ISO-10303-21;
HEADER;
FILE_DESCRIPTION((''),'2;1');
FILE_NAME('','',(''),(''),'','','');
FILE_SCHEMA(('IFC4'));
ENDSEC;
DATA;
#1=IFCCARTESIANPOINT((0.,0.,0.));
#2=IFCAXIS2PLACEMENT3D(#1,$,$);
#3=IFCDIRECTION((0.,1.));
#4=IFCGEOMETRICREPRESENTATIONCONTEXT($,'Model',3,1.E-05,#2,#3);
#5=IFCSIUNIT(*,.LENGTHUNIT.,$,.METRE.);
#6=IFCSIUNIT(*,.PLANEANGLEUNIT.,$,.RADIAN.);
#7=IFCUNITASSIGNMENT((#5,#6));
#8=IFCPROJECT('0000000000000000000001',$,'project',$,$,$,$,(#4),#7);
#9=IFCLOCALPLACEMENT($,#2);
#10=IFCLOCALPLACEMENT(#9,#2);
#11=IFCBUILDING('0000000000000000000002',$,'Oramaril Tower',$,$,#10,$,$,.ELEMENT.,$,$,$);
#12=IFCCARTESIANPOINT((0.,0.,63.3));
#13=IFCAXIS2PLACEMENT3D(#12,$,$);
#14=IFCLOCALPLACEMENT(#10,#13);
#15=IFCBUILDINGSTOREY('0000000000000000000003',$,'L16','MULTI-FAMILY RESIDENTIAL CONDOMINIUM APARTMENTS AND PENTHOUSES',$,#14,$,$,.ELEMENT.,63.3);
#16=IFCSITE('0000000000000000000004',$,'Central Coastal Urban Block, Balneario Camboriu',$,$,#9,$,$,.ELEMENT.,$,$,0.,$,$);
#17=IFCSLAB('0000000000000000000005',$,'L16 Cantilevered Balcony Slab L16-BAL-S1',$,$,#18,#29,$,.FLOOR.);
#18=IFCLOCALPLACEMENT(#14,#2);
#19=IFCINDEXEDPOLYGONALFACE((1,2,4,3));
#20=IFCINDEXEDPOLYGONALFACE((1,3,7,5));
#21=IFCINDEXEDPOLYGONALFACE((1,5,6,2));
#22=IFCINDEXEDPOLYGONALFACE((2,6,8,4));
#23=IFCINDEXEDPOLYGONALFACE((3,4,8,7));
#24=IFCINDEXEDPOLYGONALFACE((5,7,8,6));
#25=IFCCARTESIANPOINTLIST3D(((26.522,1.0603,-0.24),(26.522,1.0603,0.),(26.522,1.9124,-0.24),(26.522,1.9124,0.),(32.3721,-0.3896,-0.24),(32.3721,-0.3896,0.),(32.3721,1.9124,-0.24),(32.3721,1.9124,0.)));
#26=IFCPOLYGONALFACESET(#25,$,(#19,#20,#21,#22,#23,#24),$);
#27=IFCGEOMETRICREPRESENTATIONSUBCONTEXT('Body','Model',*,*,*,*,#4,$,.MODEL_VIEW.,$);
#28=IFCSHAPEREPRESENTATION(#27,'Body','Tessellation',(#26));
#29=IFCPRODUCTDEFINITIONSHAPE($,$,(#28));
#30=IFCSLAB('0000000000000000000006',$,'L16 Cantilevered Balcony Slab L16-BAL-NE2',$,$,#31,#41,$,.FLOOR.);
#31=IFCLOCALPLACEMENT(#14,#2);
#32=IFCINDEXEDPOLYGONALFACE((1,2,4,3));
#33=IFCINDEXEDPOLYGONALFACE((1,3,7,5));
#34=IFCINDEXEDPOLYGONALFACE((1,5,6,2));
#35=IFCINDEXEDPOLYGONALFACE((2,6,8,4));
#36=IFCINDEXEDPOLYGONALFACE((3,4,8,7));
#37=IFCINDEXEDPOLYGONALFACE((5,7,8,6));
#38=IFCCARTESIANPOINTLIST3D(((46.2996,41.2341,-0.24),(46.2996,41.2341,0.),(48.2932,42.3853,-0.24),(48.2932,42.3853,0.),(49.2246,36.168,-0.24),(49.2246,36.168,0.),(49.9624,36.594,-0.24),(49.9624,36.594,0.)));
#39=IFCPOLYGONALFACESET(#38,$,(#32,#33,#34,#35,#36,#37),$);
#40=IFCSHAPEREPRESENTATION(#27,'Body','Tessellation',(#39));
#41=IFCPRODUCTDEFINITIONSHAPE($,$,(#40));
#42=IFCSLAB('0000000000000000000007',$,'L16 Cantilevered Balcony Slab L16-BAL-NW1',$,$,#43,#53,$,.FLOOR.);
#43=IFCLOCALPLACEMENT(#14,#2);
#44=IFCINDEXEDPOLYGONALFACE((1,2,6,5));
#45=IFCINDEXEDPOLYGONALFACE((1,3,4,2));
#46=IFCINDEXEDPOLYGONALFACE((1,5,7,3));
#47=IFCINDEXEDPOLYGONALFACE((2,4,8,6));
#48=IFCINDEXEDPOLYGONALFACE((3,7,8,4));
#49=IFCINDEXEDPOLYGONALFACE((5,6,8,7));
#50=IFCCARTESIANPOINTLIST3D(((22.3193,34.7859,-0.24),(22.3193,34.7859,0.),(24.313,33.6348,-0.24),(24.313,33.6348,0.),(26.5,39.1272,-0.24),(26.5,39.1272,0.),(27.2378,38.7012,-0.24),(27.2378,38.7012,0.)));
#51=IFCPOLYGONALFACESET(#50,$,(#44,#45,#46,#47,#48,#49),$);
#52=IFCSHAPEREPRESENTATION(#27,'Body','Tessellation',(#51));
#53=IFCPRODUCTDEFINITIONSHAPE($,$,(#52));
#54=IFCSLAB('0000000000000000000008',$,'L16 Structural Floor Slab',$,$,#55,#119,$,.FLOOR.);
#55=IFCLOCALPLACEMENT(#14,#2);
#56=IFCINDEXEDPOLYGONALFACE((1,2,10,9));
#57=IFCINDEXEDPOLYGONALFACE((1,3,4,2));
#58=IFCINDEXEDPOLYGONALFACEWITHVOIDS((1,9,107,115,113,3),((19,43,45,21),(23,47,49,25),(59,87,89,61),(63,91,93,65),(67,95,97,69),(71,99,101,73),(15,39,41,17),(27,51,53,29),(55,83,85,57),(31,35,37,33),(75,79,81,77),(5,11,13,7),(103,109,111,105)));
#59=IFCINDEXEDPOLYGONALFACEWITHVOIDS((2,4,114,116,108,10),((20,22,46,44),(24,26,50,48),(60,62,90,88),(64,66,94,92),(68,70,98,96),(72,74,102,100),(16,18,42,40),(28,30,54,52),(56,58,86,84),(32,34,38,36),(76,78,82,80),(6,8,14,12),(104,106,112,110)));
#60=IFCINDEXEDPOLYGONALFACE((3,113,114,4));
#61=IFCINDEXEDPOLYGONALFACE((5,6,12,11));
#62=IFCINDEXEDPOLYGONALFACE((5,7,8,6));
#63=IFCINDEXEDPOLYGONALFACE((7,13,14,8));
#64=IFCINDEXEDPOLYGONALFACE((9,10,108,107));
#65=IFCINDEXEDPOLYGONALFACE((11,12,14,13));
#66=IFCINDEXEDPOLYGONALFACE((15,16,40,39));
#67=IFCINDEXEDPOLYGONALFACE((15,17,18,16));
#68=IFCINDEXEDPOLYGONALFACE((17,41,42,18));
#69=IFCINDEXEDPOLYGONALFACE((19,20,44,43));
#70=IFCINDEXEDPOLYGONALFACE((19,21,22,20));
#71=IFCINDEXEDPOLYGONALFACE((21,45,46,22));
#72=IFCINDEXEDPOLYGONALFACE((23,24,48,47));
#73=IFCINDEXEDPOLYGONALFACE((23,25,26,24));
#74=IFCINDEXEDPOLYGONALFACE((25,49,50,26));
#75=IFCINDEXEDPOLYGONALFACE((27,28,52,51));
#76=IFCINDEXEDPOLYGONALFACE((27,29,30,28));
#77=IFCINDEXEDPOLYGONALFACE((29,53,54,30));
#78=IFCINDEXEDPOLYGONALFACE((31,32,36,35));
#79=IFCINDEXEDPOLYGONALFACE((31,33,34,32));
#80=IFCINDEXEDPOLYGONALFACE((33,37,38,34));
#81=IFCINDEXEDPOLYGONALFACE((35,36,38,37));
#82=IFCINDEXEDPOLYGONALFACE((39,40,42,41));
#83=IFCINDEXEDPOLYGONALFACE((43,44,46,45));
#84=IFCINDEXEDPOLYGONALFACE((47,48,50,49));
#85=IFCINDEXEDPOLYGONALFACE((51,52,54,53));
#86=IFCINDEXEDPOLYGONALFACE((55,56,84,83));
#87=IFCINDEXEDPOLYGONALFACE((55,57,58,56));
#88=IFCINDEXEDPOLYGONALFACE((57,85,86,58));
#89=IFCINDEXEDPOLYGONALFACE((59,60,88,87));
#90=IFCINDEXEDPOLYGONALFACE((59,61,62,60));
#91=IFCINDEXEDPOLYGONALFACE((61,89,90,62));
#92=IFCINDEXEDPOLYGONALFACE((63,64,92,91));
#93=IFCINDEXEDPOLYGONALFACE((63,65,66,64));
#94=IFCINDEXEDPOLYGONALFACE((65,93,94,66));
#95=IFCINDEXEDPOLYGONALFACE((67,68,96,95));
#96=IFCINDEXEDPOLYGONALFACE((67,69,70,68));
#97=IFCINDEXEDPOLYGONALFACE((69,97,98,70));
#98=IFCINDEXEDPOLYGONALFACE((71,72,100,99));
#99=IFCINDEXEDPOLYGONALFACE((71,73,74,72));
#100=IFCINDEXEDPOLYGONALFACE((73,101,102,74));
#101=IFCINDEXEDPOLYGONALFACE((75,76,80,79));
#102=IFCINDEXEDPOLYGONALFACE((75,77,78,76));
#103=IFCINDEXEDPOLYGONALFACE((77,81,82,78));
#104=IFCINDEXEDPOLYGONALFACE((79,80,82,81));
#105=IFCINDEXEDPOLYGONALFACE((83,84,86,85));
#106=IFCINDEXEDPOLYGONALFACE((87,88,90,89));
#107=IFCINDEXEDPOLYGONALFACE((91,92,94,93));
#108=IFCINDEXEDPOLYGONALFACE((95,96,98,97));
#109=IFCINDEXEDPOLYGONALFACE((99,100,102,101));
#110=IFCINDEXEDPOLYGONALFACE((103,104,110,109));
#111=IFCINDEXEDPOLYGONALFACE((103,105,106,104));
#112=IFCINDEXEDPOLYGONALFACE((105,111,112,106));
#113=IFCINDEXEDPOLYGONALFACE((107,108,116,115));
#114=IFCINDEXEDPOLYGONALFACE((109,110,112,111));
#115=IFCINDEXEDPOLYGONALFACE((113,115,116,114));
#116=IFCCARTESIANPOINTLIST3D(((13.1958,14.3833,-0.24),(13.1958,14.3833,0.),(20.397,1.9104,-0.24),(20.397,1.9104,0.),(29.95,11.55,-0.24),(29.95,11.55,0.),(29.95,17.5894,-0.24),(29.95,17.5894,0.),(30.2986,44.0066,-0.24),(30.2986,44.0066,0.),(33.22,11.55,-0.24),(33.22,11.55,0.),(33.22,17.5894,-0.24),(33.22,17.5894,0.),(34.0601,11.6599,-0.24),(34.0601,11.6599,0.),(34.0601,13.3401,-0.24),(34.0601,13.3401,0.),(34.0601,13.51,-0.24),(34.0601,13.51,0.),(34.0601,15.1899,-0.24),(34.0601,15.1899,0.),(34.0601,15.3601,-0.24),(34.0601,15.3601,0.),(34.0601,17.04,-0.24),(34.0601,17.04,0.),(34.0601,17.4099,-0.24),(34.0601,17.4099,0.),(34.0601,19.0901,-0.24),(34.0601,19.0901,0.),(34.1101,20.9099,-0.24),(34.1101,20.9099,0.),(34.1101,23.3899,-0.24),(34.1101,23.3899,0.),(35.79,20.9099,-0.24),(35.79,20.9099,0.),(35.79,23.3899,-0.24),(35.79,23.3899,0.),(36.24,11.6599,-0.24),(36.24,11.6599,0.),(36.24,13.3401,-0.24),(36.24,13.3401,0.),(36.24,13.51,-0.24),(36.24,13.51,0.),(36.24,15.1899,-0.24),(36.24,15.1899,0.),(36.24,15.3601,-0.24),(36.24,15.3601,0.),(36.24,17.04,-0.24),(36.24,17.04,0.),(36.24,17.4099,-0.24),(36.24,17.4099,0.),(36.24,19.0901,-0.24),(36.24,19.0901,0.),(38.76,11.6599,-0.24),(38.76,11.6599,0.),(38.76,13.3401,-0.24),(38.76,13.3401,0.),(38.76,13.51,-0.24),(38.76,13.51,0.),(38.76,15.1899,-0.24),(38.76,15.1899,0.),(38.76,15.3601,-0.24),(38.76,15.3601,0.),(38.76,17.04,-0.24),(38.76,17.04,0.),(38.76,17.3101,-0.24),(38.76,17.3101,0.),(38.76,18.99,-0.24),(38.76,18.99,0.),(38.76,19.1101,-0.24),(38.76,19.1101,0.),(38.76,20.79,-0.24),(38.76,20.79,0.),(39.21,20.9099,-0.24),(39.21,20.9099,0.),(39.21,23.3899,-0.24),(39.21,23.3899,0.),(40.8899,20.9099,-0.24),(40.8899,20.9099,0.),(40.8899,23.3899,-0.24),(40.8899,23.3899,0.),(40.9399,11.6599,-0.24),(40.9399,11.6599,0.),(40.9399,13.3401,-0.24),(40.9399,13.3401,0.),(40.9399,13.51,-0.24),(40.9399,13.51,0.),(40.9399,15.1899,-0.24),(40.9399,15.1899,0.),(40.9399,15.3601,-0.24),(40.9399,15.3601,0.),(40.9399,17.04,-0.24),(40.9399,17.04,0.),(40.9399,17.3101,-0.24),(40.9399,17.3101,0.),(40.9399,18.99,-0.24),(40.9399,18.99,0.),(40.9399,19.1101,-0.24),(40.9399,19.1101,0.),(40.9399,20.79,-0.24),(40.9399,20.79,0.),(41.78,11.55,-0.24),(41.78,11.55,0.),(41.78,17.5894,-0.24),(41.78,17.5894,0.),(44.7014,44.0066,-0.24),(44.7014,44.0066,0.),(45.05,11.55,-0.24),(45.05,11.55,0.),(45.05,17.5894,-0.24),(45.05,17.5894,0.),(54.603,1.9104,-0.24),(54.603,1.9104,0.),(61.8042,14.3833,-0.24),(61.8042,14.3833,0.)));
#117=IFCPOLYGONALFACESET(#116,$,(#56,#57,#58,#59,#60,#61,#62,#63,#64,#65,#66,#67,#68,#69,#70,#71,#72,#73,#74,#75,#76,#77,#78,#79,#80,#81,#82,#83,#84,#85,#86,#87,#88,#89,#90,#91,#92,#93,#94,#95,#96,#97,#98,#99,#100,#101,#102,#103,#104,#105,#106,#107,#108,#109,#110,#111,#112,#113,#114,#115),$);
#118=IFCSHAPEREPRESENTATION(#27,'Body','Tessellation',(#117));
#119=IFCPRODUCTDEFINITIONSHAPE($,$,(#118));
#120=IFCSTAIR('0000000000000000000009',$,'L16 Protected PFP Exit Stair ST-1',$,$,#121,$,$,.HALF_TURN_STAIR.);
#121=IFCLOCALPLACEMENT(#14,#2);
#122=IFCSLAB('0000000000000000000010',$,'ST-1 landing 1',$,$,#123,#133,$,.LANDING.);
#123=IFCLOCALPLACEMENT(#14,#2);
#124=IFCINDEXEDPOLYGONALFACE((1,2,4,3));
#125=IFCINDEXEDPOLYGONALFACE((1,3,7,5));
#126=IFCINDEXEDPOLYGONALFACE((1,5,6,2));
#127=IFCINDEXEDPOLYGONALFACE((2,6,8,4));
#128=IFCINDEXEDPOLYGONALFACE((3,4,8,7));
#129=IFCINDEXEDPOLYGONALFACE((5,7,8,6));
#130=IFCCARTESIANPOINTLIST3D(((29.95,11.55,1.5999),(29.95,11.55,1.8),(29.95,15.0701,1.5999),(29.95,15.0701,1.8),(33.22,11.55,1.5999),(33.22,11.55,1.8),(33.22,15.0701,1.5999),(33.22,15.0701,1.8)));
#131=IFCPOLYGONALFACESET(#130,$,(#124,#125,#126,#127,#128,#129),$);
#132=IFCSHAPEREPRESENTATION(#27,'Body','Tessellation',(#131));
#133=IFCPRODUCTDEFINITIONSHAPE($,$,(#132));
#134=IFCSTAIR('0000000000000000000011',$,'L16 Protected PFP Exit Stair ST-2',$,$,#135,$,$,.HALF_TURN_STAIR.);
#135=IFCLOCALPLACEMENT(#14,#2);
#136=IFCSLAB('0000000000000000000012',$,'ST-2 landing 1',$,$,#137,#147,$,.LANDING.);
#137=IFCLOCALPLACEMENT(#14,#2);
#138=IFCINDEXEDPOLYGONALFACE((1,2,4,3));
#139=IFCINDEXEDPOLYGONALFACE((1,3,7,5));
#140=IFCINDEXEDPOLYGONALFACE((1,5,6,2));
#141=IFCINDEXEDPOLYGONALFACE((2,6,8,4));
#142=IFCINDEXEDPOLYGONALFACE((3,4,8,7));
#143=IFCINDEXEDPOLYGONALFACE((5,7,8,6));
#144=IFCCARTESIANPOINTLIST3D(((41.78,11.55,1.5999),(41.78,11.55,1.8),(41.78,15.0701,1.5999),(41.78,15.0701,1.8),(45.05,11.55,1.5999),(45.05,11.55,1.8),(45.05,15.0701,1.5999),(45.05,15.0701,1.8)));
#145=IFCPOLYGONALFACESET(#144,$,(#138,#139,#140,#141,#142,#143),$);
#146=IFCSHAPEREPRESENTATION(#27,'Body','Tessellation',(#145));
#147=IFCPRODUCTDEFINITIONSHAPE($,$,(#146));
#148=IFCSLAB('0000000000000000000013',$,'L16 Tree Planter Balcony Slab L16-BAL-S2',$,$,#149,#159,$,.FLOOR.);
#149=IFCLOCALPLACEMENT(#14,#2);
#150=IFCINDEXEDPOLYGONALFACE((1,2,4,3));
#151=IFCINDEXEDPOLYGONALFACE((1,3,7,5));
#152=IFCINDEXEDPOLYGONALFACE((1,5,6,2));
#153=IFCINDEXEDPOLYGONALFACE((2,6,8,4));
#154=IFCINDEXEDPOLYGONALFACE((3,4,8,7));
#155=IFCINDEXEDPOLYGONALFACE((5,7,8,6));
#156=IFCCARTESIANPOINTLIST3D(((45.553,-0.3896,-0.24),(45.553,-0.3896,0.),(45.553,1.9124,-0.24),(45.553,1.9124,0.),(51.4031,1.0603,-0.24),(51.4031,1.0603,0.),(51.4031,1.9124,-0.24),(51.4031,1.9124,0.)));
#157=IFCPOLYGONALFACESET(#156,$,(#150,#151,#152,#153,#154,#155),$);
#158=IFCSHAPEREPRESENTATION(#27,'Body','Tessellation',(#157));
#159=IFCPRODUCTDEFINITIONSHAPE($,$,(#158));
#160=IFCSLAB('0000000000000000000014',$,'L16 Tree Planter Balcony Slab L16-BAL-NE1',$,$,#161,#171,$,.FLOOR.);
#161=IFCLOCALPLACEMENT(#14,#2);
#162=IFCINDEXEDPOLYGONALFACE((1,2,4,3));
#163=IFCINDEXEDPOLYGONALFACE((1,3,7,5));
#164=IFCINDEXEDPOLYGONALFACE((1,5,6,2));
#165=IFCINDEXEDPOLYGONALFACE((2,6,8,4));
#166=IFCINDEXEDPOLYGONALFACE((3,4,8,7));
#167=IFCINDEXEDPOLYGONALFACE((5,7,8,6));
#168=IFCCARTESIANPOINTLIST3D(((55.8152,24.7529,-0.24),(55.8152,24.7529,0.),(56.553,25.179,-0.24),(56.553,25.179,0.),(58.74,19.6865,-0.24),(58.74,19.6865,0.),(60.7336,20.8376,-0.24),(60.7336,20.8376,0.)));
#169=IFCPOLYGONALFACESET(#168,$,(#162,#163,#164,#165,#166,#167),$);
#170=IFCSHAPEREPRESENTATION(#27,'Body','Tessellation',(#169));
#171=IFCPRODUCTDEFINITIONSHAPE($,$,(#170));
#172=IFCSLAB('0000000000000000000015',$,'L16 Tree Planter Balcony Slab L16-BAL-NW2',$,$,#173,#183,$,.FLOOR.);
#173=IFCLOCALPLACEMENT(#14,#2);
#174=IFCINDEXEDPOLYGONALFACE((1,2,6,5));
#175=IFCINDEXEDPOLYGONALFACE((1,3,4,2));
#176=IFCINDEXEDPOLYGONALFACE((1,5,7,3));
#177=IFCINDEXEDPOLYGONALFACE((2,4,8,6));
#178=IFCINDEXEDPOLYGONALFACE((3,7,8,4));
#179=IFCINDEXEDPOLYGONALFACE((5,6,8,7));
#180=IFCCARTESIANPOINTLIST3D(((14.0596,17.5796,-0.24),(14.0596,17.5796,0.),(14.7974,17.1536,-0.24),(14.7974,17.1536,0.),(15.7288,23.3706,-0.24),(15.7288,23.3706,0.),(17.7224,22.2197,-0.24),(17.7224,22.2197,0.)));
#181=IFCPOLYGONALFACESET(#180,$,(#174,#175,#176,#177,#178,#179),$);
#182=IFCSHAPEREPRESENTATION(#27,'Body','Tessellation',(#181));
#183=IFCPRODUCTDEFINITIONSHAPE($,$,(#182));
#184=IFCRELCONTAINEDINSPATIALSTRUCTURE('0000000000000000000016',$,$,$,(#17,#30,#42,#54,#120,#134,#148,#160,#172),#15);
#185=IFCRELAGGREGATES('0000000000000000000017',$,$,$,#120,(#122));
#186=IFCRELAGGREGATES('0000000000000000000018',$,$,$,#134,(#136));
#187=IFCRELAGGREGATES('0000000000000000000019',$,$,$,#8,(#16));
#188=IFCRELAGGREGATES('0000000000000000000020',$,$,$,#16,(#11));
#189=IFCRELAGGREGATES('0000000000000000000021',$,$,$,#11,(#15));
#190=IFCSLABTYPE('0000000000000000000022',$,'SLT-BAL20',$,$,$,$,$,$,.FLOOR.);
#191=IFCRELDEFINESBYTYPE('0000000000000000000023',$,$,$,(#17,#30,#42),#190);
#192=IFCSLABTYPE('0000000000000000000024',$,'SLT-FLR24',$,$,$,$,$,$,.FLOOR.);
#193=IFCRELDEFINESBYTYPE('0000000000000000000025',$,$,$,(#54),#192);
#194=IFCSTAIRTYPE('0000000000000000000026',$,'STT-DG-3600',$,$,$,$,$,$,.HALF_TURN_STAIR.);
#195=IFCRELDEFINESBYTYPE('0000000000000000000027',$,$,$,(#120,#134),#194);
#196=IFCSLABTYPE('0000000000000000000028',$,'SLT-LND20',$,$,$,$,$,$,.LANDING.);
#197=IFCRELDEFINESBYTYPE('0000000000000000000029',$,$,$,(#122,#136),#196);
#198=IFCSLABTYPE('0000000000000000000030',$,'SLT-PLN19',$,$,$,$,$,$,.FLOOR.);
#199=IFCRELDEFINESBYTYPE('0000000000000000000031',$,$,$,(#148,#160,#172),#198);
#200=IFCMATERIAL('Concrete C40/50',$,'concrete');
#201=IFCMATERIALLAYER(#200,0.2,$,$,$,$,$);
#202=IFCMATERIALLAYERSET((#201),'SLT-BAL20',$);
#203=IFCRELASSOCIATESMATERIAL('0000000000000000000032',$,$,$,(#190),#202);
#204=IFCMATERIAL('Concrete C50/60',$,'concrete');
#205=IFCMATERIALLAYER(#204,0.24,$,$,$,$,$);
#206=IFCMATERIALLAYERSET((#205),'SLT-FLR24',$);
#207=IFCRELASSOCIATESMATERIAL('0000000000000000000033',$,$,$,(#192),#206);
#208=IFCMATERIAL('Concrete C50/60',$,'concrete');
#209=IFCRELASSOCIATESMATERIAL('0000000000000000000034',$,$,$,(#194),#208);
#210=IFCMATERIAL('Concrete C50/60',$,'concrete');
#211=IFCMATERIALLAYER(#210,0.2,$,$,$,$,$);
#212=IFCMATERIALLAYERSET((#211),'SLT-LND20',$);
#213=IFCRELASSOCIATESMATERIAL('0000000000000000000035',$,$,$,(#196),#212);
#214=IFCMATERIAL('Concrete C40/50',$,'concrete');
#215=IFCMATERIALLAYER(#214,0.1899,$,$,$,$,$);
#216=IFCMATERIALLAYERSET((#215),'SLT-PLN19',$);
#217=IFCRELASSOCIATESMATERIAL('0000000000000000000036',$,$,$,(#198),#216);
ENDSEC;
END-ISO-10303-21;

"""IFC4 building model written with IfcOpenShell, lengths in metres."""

from ifc_helpers import new_model, si_unit, direction, frame, origin, place, context, subcontext, project, spatial, polyline, outline, extrude, material, layer, layer_set, type_object, element, aggregate, save


model = new_model("IFC4")

# Units and contexts
model_context = context("Model", 3, precision=1e-05, world=origin(), true_north=direction((0.0, 1.0)))
body_context = subcontext(model_context, "Body", "Model", "MODEL_VIEW")
ifc_project = project(units=[si_unit("LENGTHUNIT", "METRE"), si_unit("PLANEANGLEUNIT", "RADIAN")], contexts=[model_context])

# Site, building, storey
site_placement = place(None, origin())
site = spatial("IfcSite", under=ifc_project, at=site_placement, Name="Central Coastal Urban Block, Balneario Camboriu", CompositionType="ELEMENT", RefElevation=0.0)
building_placement = place(site_placement, origin())
building = spatial("IfcBuilding", under=site, at=building_placement, Name="Oramaril Tower", CompositionType="ELEMENT")
storey_placement = place(building_placement, frame((0.0, 0.0, 63.3)))
storey = spatial("IfcBuildingStorey", under=building, at=storey_placement, Name="L16", Description="MULTI-FAMILY RESIDENTIAL CONDOMINIUM APARTMENTS AND PENTHOUSES", CompositionType="ELEMENT", Elevation=63.3)

# Slabs
ifc_material_1 = material(Name="Concrete C40/50", Category="concrete")
ifc_layer_1 = layer(ifc_material_1, 0.2)
ifc_layer_set_1 = layer_set([ifc_layer_1], Name="SLT-BAL20")
slab_type_1 = type_object("IfcSlabType", Name="SLT-BAL20", PredefinedType="FLOOR", material=ifc_layer_set_1)
slab_1_placement = place(storey_placement, frame((0.0, 0.0, -0.24)))
element("IfcSlab", 1, at=slab_1_placement, inside=storey, type_object=slab_type_1, Name="L16 Cantilevered Balcony Slab L16-BAL-S1", PredefinedType="FLOOR", context=body_context, shape_type="SweptSolid", body=[
    extrude(outline(polyline([(26.522, 1.9124), (32.3721, 1.9124), (32.3721, -0.3896), (26.522, 1.0603), (26.522, 1.9124)])), origin(), (0.0, 0.0, 1.0), 0.24),
])
slab_2_placement = place(storey_placement, frame((0.0, 0.0, -0.24)))
element("IfcSlab", 2, at=slab_2_placement, inside=storey, type_object=slab_type_1, Name="L16 Cantilevered Balcony Slab L16-BAL-NE2", PredefinedType="FLOOR", context=body_context, shape_type="SweptSolid", body=[
    extrude(outline(polyline([(49.2246, 36.168), (46.2996, 41.2341), (48.2932, 42.3853), (49.9624, 36.594), (49.2246, 36.168)])), origin(), (0.0, 0.0, 1.0), 0.24),
])
slab_3_placement = place(storey_placement, frame((0.0, 0.0, -0.24)))
element("IfcSlab", 3, at=slab_3_placement, inside=storey, type_object=slab_type_1, Name="L16 Cantilevered Balcony Slab L16-BAL-NW1", PredefinedType="FLOOR", context=body_context, shape_type="SweptSolid", body=[
    extrude(outline(polyline([(27.2378, 38.7012), (24.313, 33.6348), (22.3193, 34.7859), (26.5, 39.1272), (27.2378, 38.7012)])), origin(), (0.0, 0.0, 1.0), 0.24),
])
ifc_material_2 = material(Name="Concrete C50/60", Category="concrete")
ifc_layer_2 = layer(ifc_material_2, 0.24)
ifc_layer_set_2 = layer_set([ifc_layer_2], Name="SLT-FLR24")
slab_type_2 = type_object("IfcSlabType", Name="SLT-FLR24", PredefinedType="FLOOR", material=ifc_layer_set_2)
slab_4_placement = place(storey_placement, frame((0.0, 0.0, -0.24)))
element("IfcSlab", 4, at=slab_4_placement, inside=storey, type_object=slab_type_2, Name="L16 Structural Floor Slab", PredefinedType="FLOOR", context=body_context, shape_type="SweptSolid", body=[
    extrude(outline(polyline([(13.1958, 14.3833), (20.397, 1.9104), (54.603, 1.9104), (61.8042, 14.3833), (44.7014, 44.0066), (30.2986, 44.0066), (13.1958, 14.3833)]), holes=[polyline([(29.95, 17.5894), (29.95, 11.55), (33.22, 11.55), (33.22, 17.5894), (29.95, 17.5894)]), polyline([(41.78, 17.5894), (41.78, 11.55), (45.05, 11.55), (45.05, 17.5894), (41.78, 17.5894)]), polyline([(34.1101, 20.9099), (35.79, 20.9099), (35.79, 23.3899), (34.1101, 23.3899), (34.1101, 20.9099)]), polyline([(39.21, 20.9099), (40.8899, 20.9099), (40.8899, 23.3899), (39.21, 23.3899), (39.21, 20.9099)]), polyline([(34.0601, 11.6599), (36.24, 11.6599), (36.24, 13.3401), (34.0601, 13.3401), (34.0601, 11.6599)]), polyline([(34.0601, 13.51), (36.24, 13.51), (36.24, 15.1899), (34.0601, 15.1899), (34.0601, 13.51)]), polyline([(34.0601, 15.3601), (36.24, 15.3601), (36.24, 17.04), (34.0601, 17.04), (34.0601, 15.3601)]), polyline([(38.76, 11.6599), (40.9399, 11.6599), (40.9399, 13.3401), (38.76, 13.3401), (38.76, 11.6599)]), polyline([(38.76, 13.51), (40.9399, 13.51), (40.9399, 15.1899), (38.76, 15.1899), (38.76, 13.51)]), polyline([(38.76, 15.3601), (40.9399, 15.3601), (40.9399, 17.04), (38.76, 17.04), (38.76, 15.3601)]), polyline([(34.0601, 17.4099), (36.24, 17.4099), (36.24, 19.0901), (34.0601, 19.0901), (34.0601, 17.4099)]), polyline([(38.76, 17.3101), (40.9399, 17.3101), (40.9399, 18.99), (38.76, 18.99), (38.76, 17.3101)]), polyline([(38.76, 19.1101), (40.9399, 19.1101), (40.9399, 20.79), (38.76, 20.79), (38.76, 19.1101)])]), origin(), (0.0, 0.0, 1.0), 0.24),
])

# Stairs, slabs
ifc_material_3 = material(Name="Concrete C50/60", Category="concrete")
stair_type = type_object("IfcStairType", Name="STT-DG-3600", PredefinedType="HALF_TURN_STAIR", material=ifc_material_3)
stair_1_placement = place(storey_placement, origin())
stair_1 = element("IfcStair", 5, at=stair_1_placement, inside=storey, type_object=stair_type, Name="L16 Protected PFP Exit Stair ST-1", PredefinedType="HALF_TURN_STAIR")
ifc_material_4 = material(Name="Concrete C50/60", Category="concrete")
ifc_layer_3 = layer(ifc_material_4, 0.2)
ifc_layer_set_3 = layer_set([ifc_layer_3], Name="SLT-LND20")
slab_type_3 = type_object("IfcSlabType", Name="SLT-LND20", PredefinedType="LANDING", material=ifc_layer_set_3)
slab_5_placement = place(storey_placement, frame((0.0, 0.0, 1.5999)))
slab_5 = element("IfcSlab", 6, at=slab_5_placement, type_object=slab_type_3, Name="ST-1 landing 1", PredefinedType="LANDING", context=body_context, shape_type="SweptSolid", body=[
    extrude(outline(polyline([(29.95, 15.0701), (29.95, 11.55), (33.22, 11.55), (33.22, 15.0701), (29.95, 15.0701)])), origin(), (0.0, 0.0, 1.0), 0.2002),
])
aggregate(stair_1, [slab_5])
stair_2_placement = place(storey_placement, origin())
stair_2 = element("IfcStair", 7, at=stair_2_placement, inside=storey, type_object=stair_type, Name="L16 Protected PFP Exit Stair ST-2", PredefinedType="HALF_TURN_STAIR")
slab_6_placement = place(storey_placement, frame((0.0, 0.0, 1.5999)))
slab_6 = element("IfcSlab", 8, at=slab_6_placement, type_object=slab_type_3, Name="ST-2 landing 1", PredefinedType="LANDING", context=body_context, shape_type="SweptSolid", body=[
    extrude(outline(polyline([(41.78, 15.0701), (41.78, 11.55), (45.05, 11.55), (45.05, 15.0701), (41.78, 15.0701)])), origin(), (0.0, 0.0, 1.0), 0.2002),
])
aggregate(stair_2, [slab_6])

# Slabs
ifc_material_5 = material(Name="Concrete C40/50", Category="concrete")
ifc_layer_4 = layer(ifc_material_5, 0.1899)
ifc_layer_set_4 = layer_set([ifc_layer_4], Name="SLT-PLN19")
slab_type_4 = type_object("IfcSlabType", Name="SLT-PLN19", PredefinedType="FLOOR", material=ifc_layer_set_4)
slab_7_placement = place(storey_placement, frame((0.0, 0.0, -0.24)))
element("IfcSlab", 9, at=slab_7_placement, inside=storey, type_object=slab_type_4, Name="L16 Tree Planter Balcony Slab L16-BAL-S2", PredefinedType="FLOOR", context=body_context, shape_type="SweptSolid", body=[
    extrude(outline(polyline([(45.553, 1.9124), (51.4031, 1.9124), (51.4031, 1.0603), (45.553, -0.3896), (45.553, 1.9124)])), origin(), (0.0, 0.0, 1.0), 0.24),
])
slab_8_placement = place(storey_placement, frame((0.0, 0.0, -0.24)))
element("IfcSlab", 10, at=slab_8_placement, inside=storey, type_object=slab_type_4, Name="L16 Tree Planter Balcony Slab L16-BAL-NE1", PredefinedType="FLOOR", context=body_context, shape_type="SweptSolid", body=[
    extrude(outline(polyline([(58.74, 19.6865), (55.8152, 24.7529), (56.553, 25.179), (60.7336, 20.8376), (58.74, 19.6865)])), origin(), (0.0, 0.0, 1.0), 0.24),
])
slab_9_placement = place(storey_placement, frame((0.0, 0.0, -0.24)))
element("IfcSlab", 11, at=slab_9_placement, inside=storey, type_object=slab_type_4, Name="L16 Tree Planter Balcony Slab L16-BAL-NW2", PredefinedType="FLOOR", context=body_context, shape_type="SweptSolid", body=[
    extrude(outline(polyline([(17.7224, 22.2197), (14.7974, 17.1536), (14.0596, 17.5796), (15.7288, 23.3706), (17.7224, 22.2197)])), origin(), (0.0, 0.0, 1.0), 0.24),
])

save(model, "model.ifc")
